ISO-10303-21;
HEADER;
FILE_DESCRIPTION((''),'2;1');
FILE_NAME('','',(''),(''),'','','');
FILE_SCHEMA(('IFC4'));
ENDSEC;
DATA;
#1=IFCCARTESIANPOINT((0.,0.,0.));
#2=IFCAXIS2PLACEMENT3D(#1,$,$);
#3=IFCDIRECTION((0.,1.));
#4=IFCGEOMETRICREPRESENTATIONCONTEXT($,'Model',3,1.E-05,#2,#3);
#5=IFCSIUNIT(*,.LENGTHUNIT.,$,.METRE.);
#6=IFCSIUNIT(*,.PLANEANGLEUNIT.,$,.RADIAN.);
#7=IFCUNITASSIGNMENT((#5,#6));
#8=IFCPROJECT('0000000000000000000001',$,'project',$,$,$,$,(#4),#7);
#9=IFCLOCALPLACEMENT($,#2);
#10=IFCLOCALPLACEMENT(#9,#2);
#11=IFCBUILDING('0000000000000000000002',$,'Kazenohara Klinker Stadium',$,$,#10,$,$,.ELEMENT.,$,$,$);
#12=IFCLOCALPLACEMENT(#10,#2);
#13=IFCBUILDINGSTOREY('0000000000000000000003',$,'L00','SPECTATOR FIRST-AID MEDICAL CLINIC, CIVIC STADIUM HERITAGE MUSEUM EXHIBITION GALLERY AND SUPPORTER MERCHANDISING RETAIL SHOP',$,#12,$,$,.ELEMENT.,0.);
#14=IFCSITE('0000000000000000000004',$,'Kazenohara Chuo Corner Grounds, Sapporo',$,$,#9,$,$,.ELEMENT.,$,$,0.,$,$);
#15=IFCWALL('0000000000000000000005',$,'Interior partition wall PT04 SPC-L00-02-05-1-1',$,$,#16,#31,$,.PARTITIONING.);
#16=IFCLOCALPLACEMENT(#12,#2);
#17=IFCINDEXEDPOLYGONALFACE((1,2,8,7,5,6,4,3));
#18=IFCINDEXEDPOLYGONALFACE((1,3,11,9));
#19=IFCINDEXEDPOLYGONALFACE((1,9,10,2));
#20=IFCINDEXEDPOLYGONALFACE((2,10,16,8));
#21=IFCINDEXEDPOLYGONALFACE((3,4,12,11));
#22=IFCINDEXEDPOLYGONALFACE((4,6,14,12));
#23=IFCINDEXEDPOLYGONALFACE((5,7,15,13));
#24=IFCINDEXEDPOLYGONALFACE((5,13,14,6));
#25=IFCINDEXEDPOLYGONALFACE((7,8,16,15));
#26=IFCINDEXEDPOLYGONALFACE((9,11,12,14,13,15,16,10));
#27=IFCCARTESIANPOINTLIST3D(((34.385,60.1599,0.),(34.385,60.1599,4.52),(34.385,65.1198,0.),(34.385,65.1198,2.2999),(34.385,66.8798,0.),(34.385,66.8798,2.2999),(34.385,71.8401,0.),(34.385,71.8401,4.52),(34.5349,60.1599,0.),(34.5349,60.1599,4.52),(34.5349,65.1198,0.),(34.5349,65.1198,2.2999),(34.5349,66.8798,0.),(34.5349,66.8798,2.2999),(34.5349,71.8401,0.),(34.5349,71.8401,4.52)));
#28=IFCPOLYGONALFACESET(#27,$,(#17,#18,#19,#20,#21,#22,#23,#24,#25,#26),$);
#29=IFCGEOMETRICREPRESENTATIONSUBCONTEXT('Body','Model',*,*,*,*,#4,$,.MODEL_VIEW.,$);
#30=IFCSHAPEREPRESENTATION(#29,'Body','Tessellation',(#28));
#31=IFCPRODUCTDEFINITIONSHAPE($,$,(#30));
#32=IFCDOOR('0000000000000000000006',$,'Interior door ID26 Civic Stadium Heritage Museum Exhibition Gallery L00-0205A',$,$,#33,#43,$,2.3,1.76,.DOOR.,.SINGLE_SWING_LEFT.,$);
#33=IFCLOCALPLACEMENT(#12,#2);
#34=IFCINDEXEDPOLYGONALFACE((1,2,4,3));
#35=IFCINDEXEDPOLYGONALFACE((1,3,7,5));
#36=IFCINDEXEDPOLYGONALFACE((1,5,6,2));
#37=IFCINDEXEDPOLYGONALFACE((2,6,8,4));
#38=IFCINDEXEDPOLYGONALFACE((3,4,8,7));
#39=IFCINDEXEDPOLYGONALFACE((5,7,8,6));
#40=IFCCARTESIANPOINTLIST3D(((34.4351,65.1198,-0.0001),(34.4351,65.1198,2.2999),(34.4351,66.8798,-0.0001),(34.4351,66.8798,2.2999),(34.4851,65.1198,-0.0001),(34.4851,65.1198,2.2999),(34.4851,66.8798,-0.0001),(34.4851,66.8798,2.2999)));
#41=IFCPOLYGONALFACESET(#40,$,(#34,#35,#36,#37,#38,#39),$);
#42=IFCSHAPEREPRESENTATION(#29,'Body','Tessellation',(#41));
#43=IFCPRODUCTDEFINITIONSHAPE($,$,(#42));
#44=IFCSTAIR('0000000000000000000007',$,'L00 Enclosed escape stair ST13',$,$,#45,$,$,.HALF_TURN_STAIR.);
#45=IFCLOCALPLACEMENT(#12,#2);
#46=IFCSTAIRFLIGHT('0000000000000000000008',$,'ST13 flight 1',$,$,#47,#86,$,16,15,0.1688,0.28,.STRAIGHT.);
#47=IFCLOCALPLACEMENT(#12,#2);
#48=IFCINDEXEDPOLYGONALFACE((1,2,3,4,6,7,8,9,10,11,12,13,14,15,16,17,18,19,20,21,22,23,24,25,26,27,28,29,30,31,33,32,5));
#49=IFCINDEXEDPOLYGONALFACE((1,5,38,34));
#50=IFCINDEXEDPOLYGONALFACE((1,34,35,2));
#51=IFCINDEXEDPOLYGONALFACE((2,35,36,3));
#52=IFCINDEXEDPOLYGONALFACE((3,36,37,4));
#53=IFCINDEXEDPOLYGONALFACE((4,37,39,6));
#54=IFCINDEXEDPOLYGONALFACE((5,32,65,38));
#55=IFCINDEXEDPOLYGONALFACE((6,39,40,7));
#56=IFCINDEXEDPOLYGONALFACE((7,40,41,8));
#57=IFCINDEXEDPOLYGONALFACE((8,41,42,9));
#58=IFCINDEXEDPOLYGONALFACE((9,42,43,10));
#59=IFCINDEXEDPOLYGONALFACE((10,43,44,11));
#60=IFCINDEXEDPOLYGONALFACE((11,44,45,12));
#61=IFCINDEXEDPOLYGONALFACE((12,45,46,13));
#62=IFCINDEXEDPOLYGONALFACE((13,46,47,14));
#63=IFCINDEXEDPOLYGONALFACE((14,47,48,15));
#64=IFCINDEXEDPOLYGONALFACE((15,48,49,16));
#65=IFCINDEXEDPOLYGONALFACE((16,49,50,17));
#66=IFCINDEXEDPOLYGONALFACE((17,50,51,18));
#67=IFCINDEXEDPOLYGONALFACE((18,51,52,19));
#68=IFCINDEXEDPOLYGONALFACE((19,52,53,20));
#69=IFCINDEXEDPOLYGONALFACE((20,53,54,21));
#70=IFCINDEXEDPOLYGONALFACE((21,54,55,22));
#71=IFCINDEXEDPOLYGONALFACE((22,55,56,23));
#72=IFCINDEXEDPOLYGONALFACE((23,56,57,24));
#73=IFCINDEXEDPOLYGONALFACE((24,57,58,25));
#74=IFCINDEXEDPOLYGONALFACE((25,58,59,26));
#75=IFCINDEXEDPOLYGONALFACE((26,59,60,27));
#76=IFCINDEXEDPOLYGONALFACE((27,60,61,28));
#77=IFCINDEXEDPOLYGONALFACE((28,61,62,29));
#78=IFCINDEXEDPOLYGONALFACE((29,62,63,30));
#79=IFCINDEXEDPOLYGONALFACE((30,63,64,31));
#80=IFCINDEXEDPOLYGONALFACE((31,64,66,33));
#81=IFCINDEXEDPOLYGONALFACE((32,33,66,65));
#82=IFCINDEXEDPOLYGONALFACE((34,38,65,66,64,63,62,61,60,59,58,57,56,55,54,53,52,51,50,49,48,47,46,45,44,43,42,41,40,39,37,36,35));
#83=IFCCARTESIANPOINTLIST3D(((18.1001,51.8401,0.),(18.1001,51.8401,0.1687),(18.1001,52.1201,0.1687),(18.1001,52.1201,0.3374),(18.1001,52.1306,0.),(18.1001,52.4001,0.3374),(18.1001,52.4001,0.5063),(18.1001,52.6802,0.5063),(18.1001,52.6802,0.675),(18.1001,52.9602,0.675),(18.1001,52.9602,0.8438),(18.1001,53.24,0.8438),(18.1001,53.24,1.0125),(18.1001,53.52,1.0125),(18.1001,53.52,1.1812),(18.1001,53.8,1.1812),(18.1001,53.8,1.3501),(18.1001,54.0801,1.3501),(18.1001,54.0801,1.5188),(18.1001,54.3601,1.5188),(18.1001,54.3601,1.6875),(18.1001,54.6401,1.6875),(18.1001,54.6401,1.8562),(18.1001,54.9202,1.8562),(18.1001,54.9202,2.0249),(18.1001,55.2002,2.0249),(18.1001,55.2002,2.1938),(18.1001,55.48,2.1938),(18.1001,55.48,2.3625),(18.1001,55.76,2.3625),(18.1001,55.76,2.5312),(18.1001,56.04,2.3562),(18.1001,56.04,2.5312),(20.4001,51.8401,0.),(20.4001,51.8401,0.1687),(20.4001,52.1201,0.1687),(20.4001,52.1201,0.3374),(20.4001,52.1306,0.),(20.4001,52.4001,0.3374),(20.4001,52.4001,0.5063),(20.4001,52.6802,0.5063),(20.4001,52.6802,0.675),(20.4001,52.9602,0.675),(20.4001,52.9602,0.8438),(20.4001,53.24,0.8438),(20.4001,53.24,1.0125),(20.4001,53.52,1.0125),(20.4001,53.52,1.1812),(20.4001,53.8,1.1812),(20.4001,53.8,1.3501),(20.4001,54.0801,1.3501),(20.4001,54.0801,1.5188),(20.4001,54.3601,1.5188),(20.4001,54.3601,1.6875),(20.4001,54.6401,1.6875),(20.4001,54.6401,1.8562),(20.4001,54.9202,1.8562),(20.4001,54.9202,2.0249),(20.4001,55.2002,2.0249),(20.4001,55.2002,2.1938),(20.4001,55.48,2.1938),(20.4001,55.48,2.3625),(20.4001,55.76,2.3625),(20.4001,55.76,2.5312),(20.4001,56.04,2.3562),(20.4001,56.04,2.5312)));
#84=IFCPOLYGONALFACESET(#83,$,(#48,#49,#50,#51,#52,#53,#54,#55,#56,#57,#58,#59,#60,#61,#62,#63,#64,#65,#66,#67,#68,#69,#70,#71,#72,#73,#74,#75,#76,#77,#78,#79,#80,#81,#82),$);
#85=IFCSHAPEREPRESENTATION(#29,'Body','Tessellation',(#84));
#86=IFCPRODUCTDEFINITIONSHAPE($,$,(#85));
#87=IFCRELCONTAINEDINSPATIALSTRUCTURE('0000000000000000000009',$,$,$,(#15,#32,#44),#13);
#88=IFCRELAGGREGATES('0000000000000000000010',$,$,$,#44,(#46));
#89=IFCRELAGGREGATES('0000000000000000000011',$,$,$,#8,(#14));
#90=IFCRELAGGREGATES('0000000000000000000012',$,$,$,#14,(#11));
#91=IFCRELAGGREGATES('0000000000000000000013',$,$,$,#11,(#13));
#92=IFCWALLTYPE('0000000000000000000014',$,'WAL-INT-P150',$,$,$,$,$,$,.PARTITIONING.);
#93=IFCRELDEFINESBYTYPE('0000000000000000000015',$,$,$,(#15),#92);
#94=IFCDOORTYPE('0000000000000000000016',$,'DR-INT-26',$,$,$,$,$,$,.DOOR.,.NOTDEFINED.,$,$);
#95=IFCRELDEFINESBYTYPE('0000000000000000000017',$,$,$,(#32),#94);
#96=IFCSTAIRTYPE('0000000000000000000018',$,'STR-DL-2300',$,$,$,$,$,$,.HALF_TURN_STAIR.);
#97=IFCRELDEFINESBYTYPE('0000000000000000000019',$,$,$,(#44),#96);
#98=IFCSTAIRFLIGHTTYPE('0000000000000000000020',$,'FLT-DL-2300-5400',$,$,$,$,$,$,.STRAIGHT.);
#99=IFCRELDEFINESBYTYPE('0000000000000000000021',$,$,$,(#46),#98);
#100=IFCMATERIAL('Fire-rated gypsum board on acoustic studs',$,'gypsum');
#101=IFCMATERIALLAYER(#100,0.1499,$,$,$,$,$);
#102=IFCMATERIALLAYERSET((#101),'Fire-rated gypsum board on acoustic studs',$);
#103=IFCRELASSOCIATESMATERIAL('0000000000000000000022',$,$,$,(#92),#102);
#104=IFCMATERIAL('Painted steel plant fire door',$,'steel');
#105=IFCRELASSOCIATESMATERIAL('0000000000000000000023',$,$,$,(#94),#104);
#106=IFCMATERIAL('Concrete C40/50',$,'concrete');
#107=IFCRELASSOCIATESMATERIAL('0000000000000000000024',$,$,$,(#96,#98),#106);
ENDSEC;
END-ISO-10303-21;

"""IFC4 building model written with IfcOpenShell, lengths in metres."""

from ifc_helpers import new_model, si_unit, direction, frame, frame_2d, origin, place, context, subcontext, project, spatial, polyline, rectangle, outline, extrude, material, layer, layer_set, type_object, element, fill, aggregate, save


model = new_model("IFC4")

# Units and contexts
model_context = context("Model", 3, precision=1e-05, world=origin(), true_north=direction((0.0, 1.0)))
body_context = subcontext(model_context, "Body", "Model", "MODEL_VIEW")
ifc_project = project(units=[si_unit("LENGTHUNIT", "METRE"), si_unit("PLANEANGLEUNIT", "RADIAN")], contexts=[model_context])

# Site, building, storey
site_placement = place(None, origin())
site = spatial("IfcSite", under=ifc_project, at=site_placement, Name="Kazenohara Chuo Corner Grounds, Sapporo", CompositionType="ELEMENT", RefElevation=0.0)
building_placement = place(site_placement, origin())
building = spatial("IfcBuilding", under=site, at=building_placement, Name="Kazenohara Klinker Stadium", CompositionType="ELEMENT")
storey_placement = place(building_placement, origin())
storey = spatial("IfcBuildingStorey", under=building, at=storey_placement, Name="L00", Description="SPECTATOR FIRST-AID MEDICAL CLINIC, CIVIC STADIUM HERITAGE MUSEUM EXHIBITION GALLERY AND SUPPORTER MERCHANDISING RETAIL SHOP", CompositionType="ELEMENT", Elevation=0.0)

# Shared definitions
ifc_material_1 = material(Name="Concrete C40/50", Category="concrete")

# Shared definitions
ifc_material_2 = material(Name="Fire-rated gypsum board on acoustic studs", Category="gypsum")
ifc_material_3 = material(Name="Painted steel plant fire door", Category="steel")

# Wall, opening, door
ifc_layer_1 = layer(ifc_material_2, 0.1499)
ifc_layer_set_1 = layer_set([ifc_layer_1], Name="Fire-rated gypsum board on acoustic studs")
wall_type_1 = type_object("IfcWallType", Name="WAL-INT-P150", PredefinedType="PARTITIONING", material=ifc_layer_set_1)
wall_1_placement = place(storey_placement, frame((34.46, 60.1599, 0.0), z_axis=(0.0, 0.0, 1.0), x_axis=(0.0, 1.0, 0.0)))
wall_1 = element("IfcWall", 1, at=wall_1_placement, inside=storey, type_object=wall_type_1, Name="Interior partition wall PT04 SPC-L00-02-05-1-1", PredefinedType="PARTITIONING", context=body_context, shape_type="SweptSolid", body=[
    extrude(rectangle(XDim=11.6802, YDim=0.1499, at=frame_2d((5.8401, 0.0))), origin(), (0.0, 0.0, 1.0), 4.52),
])
opening_1_placement = place(wall_1_placement, frame((4.96, 0.0, 0.0)))
opening_1 = element("IfcOpeningElement", 2, at=opening_1_placement, cuts=wall_1, PredefinedType="OPENING", context=body_context, shape_type="SweptSolid", body=[
    extrude(rectangle(XDim=1.76, YDim=2.3, at=frame_2d((0.8799, 1.1499))), frame((0.0, 0.085, 0.0), z_axis=(0.0, -1.0, 0.0), x_axis=(1.0, 0.0, 0.0)), (0.0, 0.0, 1.0), 0.1699),
])
door_type_1 = type_object("IfcDoorType", Name="DR-INT-26", OperationType="NOTDEFINED", PredefinedType="DOOR", material=ifc_material_3)
door_1_placement = place(opening_1_placement, origin())
door_1 = element("IfcDoor", 3, at=door_1_placement, inside=storey, type_object=door_type_1, Name="Interior door ID26 Civic Stadium Heritage Museum Exhibition Gallery L00-0205A", OperationType="SINGLE_SWING_LEFT", OverallHeight=2.3, OverallWidth=1.76, PredefinedType="DOOR", context=body_context, shape_type="SweptSolid", body=[
    extrude(rectangle(XDim=1.76, YDim=2.3, at=frame_2d((0.8799, 1.1499))), frame((0.0, 0.0249, 0.0), z_axis=(0.0, -1.0, 0.0), x_axis=(1.0, 0.0, 0.0)), (0.0, 0.0, 1.0), 0.05),
])
fill(opening_1, door_1)

# Stair, stair flight
stair_type = type_object("IfcStairType", Name="STR-DL-2300", PredefinedType="HALF_TURN_STAIR", material=ifc_material_1)
stair_placement = place(storey_placement, origin())
stair = element("IfcStair", 4, at=stair_placement, inside=storey, type_object=stair_type, Name="L00 Enclosed escape stair ST13", PredefinedType="HALF_TURN_STAIR")
stair_flight_type = type_object("IfcStairFlightType", Name="FLT-DL-2300-5400", PredefinedType="STRAIGHT", material=ifc_material_1)
stair_flight_placement = place(storey_placement, frame((19.25, 51.8401, 0.0), z_axis=(0.0, 0.0, 1.0), x_axis=(0.0, 1.0, 0.0)))
stair_flight = element("IfcStairFlight", 5, at=stair_flight_placement, type_object=stair_flight_type, Name="ST13 flight 1", NumberOfRisers=16, NumberOfTreads=15, PredefinedType="STRAIGHT", RiserHeight=0.1688, TreadLength=0.28, context=body_context, shape_type="SweptSolid", body=[
    extrude(outline(polyline([(0.0, 0.0), (0.0, 0.1687), (0.28, 0.1687), (0.28, 0.3374), (0.5601, 0.3374), (0.5601, 0.5063), (0.8401, 0.5063), (0.8401, 0.675), (1.1201, 0.675), (1.1201, 0.8438), (1.3999, 0.8438), (1.3999, 1.0125), (1.6799, 1.0125), (1.6799, 1.1812), (1.96, 1.1812), (1.96, 1.3501), (2.24, 1.3501), (2.24, 1.5188), (2.52, 1.5188), (2.52, 1.6875), (2.8, 1.6875), (2.8, 1.8562), (3.0801, 1.8562), (3.0801, 2.0249), (3.3601, 2.0249), (3.3601, 2.1938), (3.6399, 2.1938), (3.6399, 2.3625), (3.9199, 2.3625), (3.9199, 2.5312), (4.2, 2.5312), (4.2, 2.7), (4.2, 2.3562), (0.2905, 0.0), (0.0, 0.0)])), frame((0.0, 1.1499, 0.0), z_axis=(0.0, -1.0, 0.0), x_axis=(1.0, 0.0, 0.0)), (0.0, 0.0, 1.0), 2.3),
])
aggregate(stair, [stair_flight])

save(model, "model.ifc")
